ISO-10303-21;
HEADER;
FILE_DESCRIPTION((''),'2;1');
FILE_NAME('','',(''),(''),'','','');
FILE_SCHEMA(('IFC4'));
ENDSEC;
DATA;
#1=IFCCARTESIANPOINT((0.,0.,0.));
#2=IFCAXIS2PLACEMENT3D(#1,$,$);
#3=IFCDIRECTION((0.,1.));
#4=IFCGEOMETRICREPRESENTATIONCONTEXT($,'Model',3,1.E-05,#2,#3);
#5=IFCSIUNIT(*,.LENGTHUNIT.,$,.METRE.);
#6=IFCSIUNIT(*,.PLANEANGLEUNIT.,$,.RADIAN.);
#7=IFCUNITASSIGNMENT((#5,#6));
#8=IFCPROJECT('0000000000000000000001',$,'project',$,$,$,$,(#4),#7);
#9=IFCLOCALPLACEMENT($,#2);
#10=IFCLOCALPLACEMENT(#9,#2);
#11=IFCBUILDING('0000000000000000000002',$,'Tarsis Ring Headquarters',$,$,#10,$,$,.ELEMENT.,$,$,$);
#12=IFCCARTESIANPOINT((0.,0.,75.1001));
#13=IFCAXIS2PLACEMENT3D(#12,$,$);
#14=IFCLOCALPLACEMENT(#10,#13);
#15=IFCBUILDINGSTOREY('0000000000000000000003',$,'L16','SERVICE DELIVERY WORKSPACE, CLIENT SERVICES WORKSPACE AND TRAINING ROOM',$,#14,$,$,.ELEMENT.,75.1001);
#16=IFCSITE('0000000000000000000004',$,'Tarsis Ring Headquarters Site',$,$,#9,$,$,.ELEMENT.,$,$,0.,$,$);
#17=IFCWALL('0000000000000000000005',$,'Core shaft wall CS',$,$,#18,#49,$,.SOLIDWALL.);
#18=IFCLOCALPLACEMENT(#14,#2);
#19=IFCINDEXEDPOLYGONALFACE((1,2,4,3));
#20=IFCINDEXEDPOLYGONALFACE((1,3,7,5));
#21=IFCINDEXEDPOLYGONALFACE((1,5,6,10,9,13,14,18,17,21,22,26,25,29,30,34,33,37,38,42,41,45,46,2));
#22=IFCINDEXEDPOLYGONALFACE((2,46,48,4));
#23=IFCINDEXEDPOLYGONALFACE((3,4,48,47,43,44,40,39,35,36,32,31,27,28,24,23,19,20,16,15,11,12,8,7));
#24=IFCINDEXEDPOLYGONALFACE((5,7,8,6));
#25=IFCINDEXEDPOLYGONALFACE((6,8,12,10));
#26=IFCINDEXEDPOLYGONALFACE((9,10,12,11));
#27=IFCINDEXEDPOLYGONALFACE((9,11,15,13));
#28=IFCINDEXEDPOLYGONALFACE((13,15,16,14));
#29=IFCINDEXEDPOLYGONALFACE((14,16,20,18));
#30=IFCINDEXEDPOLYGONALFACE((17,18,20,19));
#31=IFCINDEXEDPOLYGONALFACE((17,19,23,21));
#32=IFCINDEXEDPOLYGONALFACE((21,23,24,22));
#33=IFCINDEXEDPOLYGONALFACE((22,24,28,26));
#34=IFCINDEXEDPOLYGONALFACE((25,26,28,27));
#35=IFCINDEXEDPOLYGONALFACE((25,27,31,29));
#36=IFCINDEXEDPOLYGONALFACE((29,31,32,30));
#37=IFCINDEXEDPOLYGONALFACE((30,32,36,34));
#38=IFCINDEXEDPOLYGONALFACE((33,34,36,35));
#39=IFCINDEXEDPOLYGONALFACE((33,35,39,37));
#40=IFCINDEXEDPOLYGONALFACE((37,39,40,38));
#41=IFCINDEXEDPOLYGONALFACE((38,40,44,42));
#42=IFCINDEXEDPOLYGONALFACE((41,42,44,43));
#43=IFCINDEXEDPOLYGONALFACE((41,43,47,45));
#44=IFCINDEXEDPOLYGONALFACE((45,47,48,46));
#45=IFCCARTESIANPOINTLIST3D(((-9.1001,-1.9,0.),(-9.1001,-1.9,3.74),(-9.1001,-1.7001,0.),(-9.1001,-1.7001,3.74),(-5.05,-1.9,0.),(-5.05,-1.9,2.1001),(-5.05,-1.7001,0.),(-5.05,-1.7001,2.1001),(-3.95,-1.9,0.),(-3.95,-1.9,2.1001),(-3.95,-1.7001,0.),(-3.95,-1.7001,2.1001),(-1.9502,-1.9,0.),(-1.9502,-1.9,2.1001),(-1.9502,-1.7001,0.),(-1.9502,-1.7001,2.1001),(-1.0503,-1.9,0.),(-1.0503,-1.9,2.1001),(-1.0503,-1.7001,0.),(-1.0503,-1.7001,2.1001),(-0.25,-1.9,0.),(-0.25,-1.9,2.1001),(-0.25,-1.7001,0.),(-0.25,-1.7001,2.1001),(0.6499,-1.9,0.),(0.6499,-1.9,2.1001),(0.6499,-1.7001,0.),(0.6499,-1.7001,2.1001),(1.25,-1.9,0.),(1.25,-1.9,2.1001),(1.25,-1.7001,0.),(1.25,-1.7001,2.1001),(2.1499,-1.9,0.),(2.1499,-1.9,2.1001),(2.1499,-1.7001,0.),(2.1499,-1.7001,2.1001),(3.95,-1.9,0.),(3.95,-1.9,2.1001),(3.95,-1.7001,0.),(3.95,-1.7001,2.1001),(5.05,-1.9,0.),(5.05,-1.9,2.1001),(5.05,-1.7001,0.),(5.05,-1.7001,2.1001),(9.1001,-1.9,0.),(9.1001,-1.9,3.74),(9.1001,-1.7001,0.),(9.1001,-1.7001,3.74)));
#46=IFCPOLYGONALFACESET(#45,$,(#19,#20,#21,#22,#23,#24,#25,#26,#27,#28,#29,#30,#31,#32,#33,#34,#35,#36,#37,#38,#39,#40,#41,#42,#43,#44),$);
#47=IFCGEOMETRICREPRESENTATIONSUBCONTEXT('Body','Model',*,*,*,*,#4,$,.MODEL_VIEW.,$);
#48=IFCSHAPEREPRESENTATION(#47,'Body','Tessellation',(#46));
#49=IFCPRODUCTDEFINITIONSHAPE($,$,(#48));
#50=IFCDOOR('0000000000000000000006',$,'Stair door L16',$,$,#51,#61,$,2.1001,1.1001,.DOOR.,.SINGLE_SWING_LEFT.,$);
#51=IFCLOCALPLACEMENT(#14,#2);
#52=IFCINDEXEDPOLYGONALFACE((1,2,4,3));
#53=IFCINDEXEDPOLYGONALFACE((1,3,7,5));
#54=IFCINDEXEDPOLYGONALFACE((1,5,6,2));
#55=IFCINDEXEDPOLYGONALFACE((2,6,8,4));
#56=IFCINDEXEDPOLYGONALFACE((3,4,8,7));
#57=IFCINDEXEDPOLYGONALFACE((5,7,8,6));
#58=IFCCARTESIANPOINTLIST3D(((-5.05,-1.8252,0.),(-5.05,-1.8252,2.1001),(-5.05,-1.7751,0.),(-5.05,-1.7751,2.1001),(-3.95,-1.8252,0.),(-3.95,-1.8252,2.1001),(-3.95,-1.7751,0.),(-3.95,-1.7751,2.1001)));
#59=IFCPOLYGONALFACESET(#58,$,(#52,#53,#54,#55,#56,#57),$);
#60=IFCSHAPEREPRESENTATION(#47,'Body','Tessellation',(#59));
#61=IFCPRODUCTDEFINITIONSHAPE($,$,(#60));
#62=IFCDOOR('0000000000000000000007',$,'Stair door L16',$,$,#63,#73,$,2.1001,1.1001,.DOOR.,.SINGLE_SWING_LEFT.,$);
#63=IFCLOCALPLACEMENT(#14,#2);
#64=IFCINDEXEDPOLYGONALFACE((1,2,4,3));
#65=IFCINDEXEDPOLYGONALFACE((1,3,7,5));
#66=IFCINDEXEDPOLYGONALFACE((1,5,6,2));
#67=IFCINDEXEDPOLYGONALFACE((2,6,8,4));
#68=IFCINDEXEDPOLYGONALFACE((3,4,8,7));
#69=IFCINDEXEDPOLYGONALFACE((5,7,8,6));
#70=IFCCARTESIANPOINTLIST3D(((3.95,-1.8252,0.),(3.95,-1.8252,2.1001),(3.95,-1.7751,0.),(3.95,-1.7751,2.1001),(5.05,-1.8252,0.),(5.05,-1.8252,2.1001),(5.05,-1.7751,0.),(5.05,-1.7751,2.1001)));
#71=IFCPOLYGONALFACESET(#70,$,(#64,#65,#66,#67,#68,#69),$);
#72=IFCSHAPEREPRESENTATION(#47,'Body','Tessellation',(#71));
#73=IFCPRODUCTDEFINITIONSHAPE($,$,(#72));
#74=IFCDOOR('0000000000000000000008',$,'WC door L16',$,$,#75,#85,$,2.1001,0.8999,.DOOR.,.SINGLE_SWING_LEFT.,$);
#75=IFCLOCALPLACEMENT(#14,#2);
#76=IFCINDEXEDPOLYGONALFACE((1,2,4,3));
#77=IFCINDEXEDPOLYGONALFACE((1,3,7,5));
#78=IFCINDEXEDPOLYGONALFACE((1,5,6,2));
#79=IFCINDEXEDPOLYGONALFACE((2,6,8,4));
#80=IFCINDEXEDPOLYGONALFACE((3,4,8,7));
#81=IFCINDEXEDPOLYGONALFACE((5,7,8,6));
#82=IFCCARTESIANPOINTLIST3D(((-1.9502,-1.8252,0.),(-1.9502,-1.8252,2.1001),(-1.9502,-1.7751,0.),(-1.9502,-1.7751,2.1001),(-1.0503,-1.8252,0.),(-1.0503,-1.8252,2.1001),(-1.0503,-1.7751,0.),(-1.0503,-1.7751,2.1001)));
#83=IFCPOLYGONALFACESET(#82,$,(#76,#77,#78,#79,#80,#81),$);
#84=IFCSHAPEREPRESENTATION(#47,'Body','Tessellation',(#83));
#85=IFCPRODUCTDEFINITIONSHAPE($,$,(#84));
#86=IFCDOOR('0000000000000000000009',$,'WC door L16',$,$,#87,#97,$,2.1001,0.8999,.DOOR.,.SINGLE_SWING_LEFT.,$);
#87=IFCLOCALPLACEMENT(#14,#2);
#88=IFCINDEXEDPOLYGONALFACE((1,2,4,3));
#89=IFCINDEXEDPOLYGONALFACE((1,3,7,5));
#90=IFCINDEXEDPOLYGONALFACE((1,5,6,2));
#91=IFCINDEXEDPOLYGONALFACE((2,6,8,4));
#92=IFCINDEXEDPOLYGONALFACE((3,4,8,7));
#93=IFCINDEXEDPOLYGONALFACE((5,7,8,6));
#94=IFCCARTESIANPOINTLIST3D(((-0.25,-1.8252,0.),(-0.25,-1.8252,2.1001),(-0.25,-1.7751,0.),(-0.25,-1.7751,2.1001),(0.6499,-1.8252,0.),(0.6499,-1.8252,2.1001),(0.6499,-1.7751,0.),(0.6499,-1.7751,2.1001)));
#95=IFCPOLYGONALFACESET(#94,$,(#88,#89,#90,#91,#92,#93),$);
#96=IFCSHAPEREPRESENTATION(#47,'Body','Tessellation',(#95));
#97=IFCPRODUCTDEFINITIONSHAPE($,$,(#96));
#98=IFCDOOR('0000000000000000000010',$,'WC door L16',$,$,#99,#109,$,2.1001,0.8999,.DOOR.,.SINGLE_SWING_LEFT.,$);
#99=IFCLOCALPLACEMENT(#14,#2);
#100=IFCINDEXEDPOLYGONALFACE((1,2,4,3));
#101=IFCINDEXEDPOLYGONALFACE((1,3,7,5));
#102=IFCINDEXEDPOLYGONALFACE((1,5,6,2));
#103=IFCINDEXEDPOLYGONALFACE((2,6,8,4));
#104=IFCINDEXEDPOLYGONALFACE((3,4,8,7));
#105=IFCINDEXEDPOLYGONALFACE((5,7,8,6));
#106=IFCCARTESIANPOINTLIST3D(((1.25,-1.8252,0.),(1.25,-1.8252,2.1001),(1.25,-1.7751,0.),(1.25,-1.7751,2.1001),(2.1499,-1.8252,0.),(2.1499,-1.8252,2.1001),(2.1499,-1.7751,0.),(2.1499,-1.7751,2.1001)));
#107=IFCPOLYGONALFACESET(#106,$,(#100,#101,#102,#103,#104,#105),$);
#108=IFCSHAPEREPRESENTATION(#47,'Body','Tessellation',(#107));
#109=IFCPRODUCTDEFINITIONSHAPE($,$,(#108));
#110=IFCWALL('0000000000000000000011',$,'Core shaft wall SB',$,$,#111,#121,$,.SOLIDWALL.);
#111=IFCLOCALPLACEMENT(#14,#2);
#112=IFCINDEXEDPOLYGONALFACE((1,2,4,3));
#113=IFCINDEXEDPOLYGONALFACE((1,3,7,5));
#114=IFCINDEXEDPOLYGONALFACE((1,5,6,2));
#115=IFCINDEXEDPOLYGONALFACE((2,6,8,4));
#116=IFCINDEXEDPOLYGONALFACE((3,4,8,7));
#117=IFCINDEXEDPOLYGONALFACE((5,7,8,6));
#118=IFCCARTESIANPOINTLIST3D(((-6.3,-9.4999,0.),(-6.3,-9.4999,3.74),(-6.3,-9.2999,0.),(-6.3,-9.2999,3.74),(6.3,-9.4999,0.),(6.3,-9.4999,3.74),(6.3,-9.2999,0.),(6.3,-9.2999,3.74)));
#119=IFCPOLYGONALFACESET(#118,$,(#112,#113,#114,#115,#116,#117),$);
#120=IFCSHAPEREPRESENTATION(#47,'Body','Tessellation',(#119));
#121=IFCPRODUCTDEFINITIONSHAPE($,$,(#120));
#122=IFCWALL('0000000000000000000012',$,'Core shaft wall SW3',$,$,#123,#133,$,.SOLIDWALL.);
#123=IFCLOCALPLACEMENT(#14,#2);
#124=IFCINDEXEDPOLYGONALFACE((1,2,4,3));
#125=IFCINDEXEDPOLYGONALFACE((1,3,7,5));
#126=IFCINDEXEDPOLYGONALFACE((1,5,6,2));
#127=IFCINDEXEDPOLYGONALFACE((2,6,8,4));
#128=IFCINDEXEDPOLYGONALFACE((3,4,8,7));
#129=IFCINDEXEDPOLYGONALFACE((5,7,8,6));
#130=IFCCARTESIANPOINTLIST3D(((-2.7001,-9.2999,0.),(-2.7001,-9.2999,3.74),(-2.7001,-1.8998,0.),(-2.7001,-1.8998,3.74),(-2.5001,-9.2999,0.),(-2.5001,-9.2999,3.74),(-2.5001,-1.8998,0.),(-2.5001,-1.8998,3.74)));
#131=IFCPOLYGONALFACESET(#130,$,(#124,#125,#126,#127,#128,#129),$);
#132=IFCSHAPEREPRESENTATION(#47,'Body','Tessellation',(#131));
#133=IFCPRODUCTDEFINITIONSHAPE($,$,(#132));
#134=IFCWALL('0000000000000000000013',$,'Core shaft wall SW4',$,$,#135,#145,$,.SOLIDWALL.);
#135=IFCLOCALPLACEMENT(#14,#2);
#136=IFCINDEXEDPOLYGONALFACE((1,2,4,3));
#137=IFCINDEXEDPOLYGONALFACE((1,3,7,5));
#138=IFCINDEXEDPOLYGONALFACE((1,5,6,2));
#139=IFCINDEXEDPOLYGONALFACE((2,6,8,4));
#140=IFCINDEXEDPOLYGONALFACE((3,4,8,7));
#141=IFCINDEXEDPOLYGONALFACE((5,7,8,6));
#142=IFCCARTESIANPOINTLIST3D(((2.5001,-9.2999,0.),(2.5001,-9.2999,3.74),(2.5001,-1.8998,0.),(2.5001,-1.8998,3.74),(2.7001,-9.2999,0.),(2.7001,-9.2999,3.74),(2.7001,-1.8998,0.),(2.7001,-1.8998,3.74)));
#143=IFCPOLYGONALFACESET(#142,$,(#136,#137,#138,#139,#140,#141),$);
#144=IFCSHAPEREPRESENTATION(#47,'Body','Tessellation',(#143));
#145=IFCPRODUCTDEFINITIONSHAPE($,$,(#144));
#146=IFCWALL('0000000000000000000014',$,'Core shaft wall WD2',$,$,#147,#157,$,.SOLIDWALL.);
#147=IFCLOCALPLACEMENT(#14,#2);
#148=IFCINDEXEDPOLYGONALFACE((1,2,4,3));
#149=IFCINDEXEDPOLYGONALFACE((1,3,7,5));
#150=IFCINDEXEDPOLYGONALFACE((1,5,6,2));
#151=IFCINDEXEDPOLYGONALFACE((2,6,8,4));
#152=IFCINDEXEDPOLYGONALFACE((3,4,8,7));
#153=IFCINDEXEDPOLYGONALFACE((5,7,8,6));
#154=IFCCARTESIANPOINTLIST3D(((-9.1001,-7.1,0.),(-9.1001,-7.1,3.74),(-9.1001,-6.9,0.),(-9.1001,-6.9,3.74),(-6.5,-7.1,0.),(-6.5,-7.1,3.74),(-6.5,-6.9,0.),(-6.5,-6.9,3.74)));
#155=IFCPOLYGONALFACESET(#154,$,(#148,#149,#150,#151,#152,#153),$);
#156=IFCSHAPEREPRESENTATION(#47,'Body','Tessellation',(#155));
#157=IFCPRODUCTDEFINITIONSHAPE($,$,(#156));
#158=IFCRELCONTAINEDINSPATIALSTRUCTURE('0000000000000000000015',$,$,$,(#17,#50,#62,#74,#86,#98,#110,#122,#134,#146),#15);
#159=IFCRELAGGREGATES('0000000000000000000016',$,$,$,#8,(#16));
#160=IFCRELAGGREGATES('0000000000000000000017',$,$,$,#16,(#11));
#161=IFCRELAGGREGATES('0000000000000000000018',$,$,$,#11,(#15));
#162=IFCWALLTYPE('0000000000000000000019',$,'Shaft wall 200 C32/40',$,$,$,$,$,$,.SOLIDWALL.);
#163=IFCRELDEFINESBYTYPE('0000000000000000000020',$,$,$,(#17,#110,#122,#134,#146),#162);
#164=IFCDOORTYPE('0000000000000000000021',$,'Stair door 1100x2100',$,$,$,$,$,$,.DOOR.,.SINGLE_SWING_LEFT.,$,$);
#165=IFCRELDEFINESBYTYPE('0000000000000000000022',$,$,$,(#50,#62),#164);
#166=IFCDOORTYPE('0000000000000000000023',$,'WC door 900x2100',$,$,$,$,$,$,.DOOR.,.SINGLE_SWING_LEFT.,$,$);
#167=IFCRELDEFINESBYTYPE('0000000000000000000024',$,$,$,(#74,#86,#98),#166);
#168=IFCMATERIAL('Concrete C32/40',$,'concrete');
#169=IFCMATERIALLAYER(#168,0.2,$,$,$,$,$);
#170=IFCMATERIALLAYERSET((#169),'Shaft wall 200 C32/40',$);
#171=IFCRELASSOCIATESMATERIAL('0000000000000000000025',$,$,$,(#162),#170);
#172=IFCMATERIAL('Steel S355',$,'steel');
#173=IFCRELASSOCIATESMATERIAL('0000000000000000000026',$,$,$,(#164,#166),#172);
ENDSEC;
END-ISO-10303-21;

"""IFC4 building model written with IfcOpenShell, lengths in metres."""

from ifc_helpers import new_model, si_unit, direction, frame, frame_2d, origin, place, context, subcontext, project, spatial, rectangle, extrude, material, layer, layer_set, type_object, element, fill, save


model = new_model("IFC4")

# Units and contexts
model_context = context("Model", 3, precision=1e-05, world=origin(), true_north=direction((0.0, 1.0)))
body_context = subcontext(model_context, "Body", "Model", "MODEL_VIEW")
ifc_project = project(units=[si_unit("LENGTHUNIT", "METRE"), si_unit("PLANEANGLEUNIT", "RADIAN")], contexts=[model_context])

# Site, building, storey
site_placement = place(None, origin())
site = spatial("IfcSite", under=ifc_project, at=site_placement, Name="Tarsis Ring Headquarters Site", CompositionType="ELEMENT", RefElevation=0.0)
building_placement = place(site_placement, origin())
building = spatial("IfcBuilding", under=site, at=building_placement, Name="Tarsis Ring Headquarters", CompositionType="ELEMENT")
storey_placement = place(building_placement, frame((0.0, 0.0, 75.1001)))
storey = spatial("IfcBuildingStorey", under=building, at=storey_placement, Name="L16", Description="SERVICE DELIVERY WORKSPACE, CLIENT SERVICES WORKSPACE AND TRAINING ROOM", CompositionType="ELEMENT", Elevation=75.1001)

# Wall, openings, doors
ifc_material_1 = material(Name="Concrete C32/40", Category="concrete")
ifc_layer_1 = layer(ifc_material_1, 0.2)
ifc_layer_set_1 = layer_set([ifc_layer_1], Name="Shaft wall 200 C32/40")
wall_type_1 = type_object("IfcWallType", Name="Shaft wall 200 C32/40", PredefinedType="SOLIDWALL", material=ifc_layer_set_1)
wall_1_placement = place(storey_placement, frame((-9.1001, -1.8, 0.0), z_axis=(0.0, 0.0, 1.0), x_axis=(1.0, 0.0, 0.0)))
wall_1 = element("IfcWall", 1, at=wall_1_placement, inside=storey, type_object=wall_type_1, Name="Core shaft wall CS", PredefinedType="SOLIDWALL", context=body_context, shape_type="SweptSolid", body=[
    extrude(rectangle(XDim=18.2002, YDim=0.2, at=frame_2d((9.1001, 0.0))), origin(), (0.0, 0.0, 1.0), 3.74),
])
opening_1_placement = place(wall_1_placement, frame((4.05, 0.0, 0.0)))
opening_1 = element("IfcOpeningElement", 2, at=opening_1_placement, cuts=wall_1, PredefinedType="OPENING", context=body_context, shape_type="SweptSolid", body=[
    extrude(rectangle(XDim=1.1001, YDim=2.1001, at=frame_2d((0.55, 1.05))), frame((0.0, 0.1099, 0.0), z_axis=(0.0, -1.0, 0.0), x_axis=(1.0, 0.0, 0.0)), (0.0, 0.0, 1.0), 0.22),
])
opening_2_placement = place(wall_1_placement, frame((7.1499, 0.0, 0.0)))
opening_2 = element("IfcOpeningElement", 3, at=opening_2_placement, cuts=wall_1, PredefinedType="OPENING", context=body_context, shape_type="SweptSolid", body=[
    extrude(rectangle(XDim=0.8999, YDim=2.1001, at=frame_2d((0.45, 1.05))), frame((0.0, 0.1099, 0.0), z_axis=(0.0, -1.0, 0.0), x_axis=(1.0, 0.0, 0.0)), (0.0, 0.0, 1.0), 0.22),
])
opening_3_placement = place(wall_1_placement, frame((8.8501, 0.0, 0.0)))
opening_3 = element("IfcOpeningElement", 4, at=opening_3_placement, cuts=wall_1, PredefinedType="OPENING", context=body_context, shape_type="SweptSolid", body=[
    extrude(rectangle(XDim=0.8999, YDim=2.1001, at=frame_2d((0.45, 1.05))), frame((0.0, 0.1099, 0.0), z_axis=(0.0, -1.0, 0.0), x_axis=(1.0, 0.0, 0.0)), (0.0, 0.0, 1.0), 0.22),
])
opening_4_placement = place(wall_1_placement, frame((10.3501, 0.0, 0.0)))
opening_4 = element("IfcOpeningElement", 5, at=opening_4_placement, cuts=wall_1, PredefinedType="OPENING", context=body_context, shape_type="SweptSolid", body=[
    extrude(rectangle(XDim=0.8999, YDim=2.1001, at=frame_2d((0.45, 1.05))), frame((0.0, 0.1099, 0.0), z_axis=(0.0, -1.0, 0.0), x_axis=(1.0, 0.0, 0.0)), (0.0, 0.0, 1.0), 0.22),
])
opening_5_placement = place(wall_1_placement, frame((13.05, 0.0, 0.0)))
opening_5 = element("IfcOpeningElement", 6, at=opening_5_placement, cuts=wall_1, PredefinedType="OPENING", context=body_context, shape_type="SweptSolid", body=[
    extrude(rectangle(XDim=1.1001, YDim=2.1001, at=frame_2d((0.55, 1.05))), frame((0.0, 0.1099, 0.0), z_axis=(0.0, -1.0, 0.0), x_axis=(1.0, 0.0, 0.0)), (0.0, 0.0, 1.0), 0.22),
])
ifc_material_2 = material(Name="Steel S355", Category="steel")
door_type_1 = type_object("IfcDoorType", Name="Stair door 1100x2100", OperationType="SINGLE_SWING_LEFT", PredefinedType="DOOR", material=ifc_material_2)
door_1_placement = place(opening_1_placement, origin())
door_1 = element("IfcDoor", 7, at=door_1_placement, inside=storey, type_object=door_type_1, Name="Stair door L16", OperationType="SINGLE_SWING_LEFT", OverallHeight=2.1001, OverallWidth=1.1001, PredefinedType="DOOR", context=body_context, shape_type="SweptSolid", body=[
    extrude(rectangle(XDim=1.1001, YDim=2.1001, at=frame_2d((0.55, 1.05))), frame((0.0, 0.0249, 0.0), z_axis=(0.0, -1.0, 0.0), x_axis=(1.0, 0.0, 0.0)), (0.0, 0.0, 1.0), 0.05),
])
fill(opening_1, door_1)
door_2_placement = place(opening_5_placement, origin())
door_2 = element("IfcDoor", 8, at=door_2_placement, inside=storey, type_object=door_type_1, Name="Stair door L16", OperationType="SINGLE_SWING_LEFT", OverallHeight=2.1001, OverallWidth=1.1001, PredefinedType="DOOR", context=body_context, shape_type="SweptSolid", body=[
    extrude(rectangle(XDim=1.1001, YDim=2.1001, at=frame_2d((0.55, 1.05))), frame((0.0, 0.0249, 0.0), z_axis=(0.0, -1.0, 0.0), x_axis=(1.0, 0.0, 0.0)), (0.0, 0.0, 1.0), 0.05),
])
fill(opening_5, door_2)
door_type_2 = type_object("IfcDoorType", Name="WC door 900x2100", OperationType="SINGLE_SWING_LEFT", PredefinedType="DOOR", material=ifc_material_2)
door_3_placement = place(opening_2_placement, origin())
door_3 = element("IfcDoor", 9, at=door_3_placement, inside=storey, type_object=door_type_2, Name="WC door L16", OperationType="SINGLE_SWING_LEFT", OverallHeight=2.1001, OverallWidth=0.8999, PredefinedType="DOOR", context=body_context, shape_type="SweptSolid", body=[
    extrude(rectangle(XDim=0.8999, YDim=2.1001, at=frame_2d((0.45, 1.05))), frame((0.0, 0.0249, 0.0), z_axis=(0.0, -1.0, 0.0), x_axis=(1.0, 0.0, 0.0)), (0.0, 0.0, 1.0), 0.05),
])
fill(opening_2, door_3)
door_4_placement = place(opening_3_placement, origin())
door_4 = element("IfcDoor", 10, at=door_4_placement, inside=storey, type_object=door_type_2, Name="WC door L16", OperationType="SINGLE_SWING_LEFT", OverallHeight=2.1001, OverallWidth=0.8999, PredefinedType="DOOR", context=body_context, shape_type="SweptSolid", body=[
    extrude(rectangle(XDim=0.8999, YDim=2.1001, at=frame_2d((0.45, 1.05))), frame((0.0, 0.0249, 0.0), z_axis=(0.0, -1.0, 0.0), x_axis=(1.0, 0.0, 0.0)), (0.0, 0.0, 1.0), 0.05),
])
fill(opening_3, door_4)
door_5_placement = place(opening_4_placement, origin())
door_5 = element("IfcDoor", 11, at=door_5_placement, inside=storey, type_object=door_type_2, Name="WC door L16", OperationType="SINGLE_SWING_LEFT", OverallHeight=2.1001, OverallWidth=0.8999, PredefinedType="DOOR", context=body_context, shape_type="SweptSolid", body=[
    extrude(rectangle(XDim=0.8999, YDim=2.1001, at=frame_2d((0.45, 1.05))), frame((0.0, 0.0249, 0.0), z_axis=(0.0, -1.0, 0.0), x_axis=(1.0, 0.0, 0.0)), (0.0, 0.0, 1.0), 0.05),
])
fill(opening_4, door_5)

# Walls
wall_2_placement = place(storey_placement, frame((-6.3, -9.3999, 0.0), z_axis=(0.0, 0.0, 1.0), x_axis=(1.0, 0.0, 0.0)))
element("IfcWall", 12, at=wall_2_placement, inside=storey, type_object=wall_type_1, Name="Core shaft wall SB", PredefinedType="SOLIDWALL", context=body_context, shape_type="SweptSolid", body=[
    extrude(rectangle(XDim=12.6001, YDim=0.2, at=frame_2d((6.3, 0.0))), origin(), (0.0, 0.0, 1.0), 3.74),
])
for number, where, z_axis, x_axis, name in (
    (13, (-2.6001, -9.3, 0.0), (0.0, 0.0, 1.0), (0.0, 1.0, 0.0), "Core shaft wall SW3"),
    (14, (2.6001, -9.3, 0.0), (0.0, 0.0, 1.0), (0.0, 1.0, 0.0), "Core shaft wall SW4"),
):
    element("IfcWall", number, at=place(storey_placement, frame(where, z_axis=z_axis, x_axis=x_axis)), inside=storey, type_object=wall_type_1, Name=name, PredefinedType="SOLIDWALL", context=body_context, shape_type="SweptSolid", body=[
        extrude(rectangle(XDim=7.4001, YDim=0.2, at=frame_2d((3.7002, 0.0))), origin(), (0.0, 0.0, 1.0), 3.74),
    ])
wall_3_placement = place(storey_placement, frame((-9.1001, -7.0, 0.0), z_axis=(0.0, 0.0, 1.0), x_axis=(1.0, 0.0, 0.0)))
element("IfcWall", 15, at=wall_3_placement, inside=storey, type_object=wall_type_1, Name="Core shaft wall WD2", PredefinedType="SOLIDWALL", context=body_context, shape_type="SweptSolid", body=[
    extrude(rectangle(XDim=2.6001, YDim=0.2, at=frame_2d((1.3, 0.0))), origin(), (0.0, 0.0, 1.0), 3.74),
])

save(model, "model.ifc")
